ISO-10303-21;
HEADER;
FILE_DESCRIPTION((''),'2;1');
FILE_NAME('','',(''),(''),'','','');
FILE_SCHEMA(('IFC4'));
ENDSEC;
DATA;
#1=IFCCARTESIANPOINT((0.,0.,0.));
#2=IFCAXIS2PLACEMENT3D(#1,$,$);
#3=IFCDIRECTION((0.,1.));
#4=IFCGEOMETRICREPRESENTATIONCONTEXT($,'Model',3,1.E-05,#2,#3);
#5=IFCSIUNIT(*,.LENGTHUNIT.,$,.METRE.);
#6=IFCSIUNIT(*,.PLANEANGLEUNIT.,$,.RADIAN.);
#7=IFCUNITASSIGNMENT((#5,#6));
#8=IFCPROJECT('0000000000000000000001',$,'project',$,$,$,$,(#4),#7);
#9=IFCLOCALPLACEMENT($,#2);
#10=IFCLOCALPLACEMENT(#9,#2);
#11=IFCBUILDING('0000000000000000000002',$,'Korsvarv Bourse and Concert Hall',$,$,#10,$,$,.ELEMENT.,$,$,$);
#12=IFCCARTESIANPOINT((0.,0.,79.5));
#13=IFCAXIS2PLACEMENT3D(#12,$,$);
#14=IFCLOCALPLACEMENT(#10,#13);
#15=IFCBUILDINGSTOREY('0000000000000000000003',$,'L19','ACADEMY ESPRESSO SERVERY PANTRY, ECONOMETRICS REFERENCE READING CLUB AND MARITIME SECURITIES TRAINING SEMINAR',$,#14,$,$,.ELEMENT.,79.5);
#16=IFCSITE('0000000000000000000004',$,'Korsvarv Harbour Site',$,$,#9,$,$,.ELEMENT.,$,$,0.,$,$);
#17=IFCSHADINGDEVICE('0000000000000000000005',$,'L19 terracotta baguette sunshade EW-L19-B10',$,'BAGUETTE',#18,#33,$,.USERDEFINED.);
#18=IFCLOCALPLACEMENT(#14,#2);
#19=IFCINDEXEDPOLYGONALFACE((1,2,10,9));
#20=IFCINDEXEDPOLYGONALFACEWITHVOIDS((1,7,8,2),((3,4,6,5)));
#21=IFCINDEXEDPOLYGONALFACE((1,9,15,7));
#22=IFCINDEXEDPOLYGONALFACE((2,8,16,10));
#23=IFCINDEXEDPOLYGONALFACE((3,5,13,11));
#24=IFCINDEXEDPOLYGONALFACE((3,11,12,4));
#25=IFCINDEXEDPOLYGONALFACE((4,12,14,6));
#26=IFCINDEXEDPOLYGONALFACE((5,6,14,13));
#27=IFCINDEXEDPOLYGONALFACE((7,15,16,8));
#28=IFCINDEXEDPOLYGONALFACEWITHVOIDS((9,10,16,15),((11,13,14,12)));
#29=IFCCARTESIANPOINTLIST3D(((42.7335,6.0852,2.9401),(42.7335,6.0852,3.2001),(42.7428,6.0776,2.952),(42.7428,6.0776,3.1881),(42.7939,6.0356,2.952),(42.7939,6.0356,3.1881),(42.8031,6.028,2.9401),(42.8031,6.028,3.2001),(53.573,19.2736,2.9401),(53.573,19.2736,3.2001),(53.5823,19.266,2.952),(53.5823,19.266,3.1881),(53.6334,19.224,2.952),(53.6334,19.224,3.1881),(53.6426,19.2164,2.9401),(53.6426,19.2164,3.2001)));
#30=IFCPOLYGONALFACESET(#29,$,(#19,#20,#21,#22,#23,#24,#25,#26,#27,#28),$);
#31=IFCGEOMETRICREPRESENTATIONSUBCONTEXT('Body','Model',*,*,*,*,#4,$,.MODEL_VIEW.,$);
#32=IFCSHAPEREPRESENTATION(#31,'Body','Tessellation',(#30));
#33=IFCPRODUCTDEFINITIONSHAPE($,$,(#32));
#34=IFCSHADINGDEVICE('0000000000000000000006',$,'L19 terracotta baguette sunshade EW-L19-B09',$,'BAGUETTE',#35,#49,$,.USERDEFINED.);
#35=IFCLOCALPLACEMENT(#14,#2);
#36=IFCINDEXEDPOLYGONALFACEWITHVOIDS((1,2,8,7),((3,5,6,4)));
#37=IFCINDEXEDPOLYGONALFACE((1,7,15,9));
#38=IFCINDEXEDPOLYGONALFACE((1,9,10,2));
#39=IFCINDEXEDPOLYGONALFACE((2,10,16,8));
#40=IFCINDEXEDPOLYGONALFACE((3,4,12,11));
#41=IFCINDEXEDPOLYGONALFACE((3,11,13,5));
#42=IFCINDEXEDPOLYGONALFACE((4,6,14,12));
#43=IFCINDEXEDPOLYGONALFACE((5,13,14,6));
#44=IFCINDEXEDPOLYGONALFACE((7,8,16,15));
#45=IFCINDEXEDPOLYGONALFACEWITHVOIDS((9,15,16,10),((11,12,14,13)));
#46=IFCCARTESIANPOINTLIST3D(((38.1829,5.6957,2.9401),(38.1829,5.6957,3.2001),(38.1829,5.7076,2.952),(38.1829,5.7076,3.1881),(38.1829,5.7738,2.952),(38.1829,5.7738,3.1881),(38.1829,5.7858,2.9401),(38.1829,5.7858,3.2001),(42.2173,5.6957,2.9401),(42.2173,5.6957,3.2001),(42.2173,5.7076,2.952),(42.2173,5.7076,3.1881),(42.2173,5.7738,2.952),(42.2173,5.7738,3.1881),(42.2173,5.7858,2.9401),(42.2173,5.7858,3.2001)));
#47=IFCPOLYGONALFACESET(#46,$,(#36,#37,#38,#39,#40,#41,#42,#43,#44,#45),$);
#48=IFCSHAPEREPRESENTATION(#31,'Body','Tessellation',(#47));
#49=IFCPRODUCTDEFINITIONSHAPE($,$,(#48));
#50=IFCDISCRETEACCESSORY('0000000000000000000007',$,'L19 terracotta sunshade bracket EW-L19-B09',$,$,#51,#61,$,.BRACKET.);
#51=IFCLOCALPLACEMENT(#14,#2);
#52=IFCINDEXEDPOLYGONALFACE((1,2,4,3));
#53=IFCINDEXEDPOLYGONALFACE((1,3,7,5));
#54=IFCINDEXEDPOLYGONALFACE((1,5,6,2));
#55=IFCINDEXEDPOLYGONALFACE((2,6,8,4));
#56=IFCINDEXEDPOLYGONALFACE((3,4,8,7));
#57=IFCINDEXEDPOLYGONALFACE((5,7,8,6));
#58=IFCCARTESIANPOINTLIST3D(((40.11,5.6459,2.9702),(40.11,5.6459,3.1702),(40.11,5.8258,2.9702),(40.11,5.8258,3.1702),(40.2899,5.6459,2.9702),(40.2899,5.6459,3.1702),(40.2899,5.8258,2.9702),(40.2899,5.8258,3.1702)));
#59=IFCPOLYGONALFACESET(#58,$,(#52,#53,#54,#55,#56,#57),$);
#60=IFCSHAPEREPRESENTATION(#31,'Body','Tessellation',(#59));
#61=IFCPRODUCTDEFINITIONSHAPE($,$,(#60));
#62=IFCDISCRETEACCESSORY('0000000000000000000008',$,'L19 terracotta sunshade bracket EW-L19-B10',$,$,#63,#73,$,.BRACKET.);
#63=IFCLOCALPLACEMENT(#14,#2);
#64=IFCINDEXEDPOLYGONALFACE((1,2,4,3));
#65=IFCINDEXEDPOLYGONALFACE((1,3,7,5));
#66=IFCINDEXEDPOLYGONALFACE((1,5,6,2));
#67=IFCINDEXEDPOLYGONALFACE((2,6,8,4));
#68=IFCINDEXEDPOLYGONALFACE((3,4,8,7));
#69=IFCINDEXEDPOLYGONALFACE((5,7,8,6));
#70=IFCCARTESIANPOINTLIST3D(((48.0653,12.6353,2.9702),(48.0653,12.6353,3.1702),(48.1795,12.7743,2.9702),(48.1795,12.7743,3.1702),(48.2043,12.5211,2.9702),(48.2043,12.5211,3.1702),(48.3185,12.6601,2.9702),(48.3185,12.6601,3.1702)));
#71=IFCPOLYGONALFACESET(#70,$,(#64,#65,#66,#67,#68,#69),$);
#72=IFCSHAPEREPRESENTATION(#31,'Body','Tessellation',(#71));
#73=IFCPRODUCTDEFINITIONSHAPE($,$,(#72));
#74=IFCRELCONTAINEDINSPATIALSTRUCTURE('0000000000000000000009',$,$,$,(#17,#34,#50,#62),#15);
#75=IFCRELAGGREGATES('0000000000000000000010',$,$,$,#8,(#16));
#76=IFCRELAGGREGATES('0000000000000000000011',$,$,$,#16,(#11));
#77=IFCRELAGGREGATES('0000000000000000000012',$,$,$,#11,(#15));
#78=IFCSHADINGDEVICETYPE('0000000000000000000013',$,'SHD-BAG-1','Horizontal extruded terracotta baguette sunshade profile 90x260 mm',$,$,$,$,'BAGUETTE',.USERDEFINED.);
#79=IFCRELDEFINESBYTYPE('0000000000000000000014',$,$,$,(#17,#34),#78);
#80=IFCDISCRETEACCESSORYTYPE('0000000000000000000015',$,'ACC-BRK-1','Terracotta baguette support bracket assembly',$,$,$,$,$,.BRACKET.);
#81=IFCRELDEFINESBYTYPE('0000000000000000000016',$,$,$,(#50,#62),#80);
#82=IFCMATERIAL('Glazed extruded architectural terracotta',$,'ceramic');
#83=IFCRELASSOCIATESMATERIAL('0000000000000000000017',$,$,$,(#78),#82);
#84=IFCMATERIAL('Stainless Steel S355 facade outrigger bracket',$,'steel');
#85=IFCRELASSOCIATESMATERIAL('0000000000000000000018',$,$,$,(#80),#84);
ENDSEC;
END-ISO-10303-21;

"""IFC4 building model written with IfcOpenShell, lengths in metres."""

from ifc_helpers import new_model, si_unit, direction, frame, origin, origin_2d, place, context, subcontext, project, spatial, rectangle, hollow_rectangle, extrude, source, transform, mapped, material, material_profile, profile_set, type_object, element, save


model = new_model("IFC4")

# Units and contexts
model_context = context("Model", 3, precision=1e-05, world=origin(), true_north=direction((0.0, 1.0)))
body_context = subcontext(model_context, "Body", "Model", "MODEL_VIEW")
ifc_project = project(units=[si_unit("LENGTHUNIT", "METRE"), si_unit("PLANEANGLEUNIT", "RADIAN")], contexts=[model_context])

# Site, building, storey
site_placement = place(None, origin())
site = spatial("IfcSite", under=ifc_project, at=site_placement, Name="Korsvarv Harbour Site", CompositionType="ELEMENT", RefElevation=0.0)
building_placement = place(site_placement, origin())
building = spatial("IfcBuilding", under=site, at=building_placement, Name="Korsvarv Bourse and Concert Hall", CompositionType="ELEMENT")
storey_placement = place(building_placement, frame((0.0, 0.0, 79.5)))
storey = spatial("IfcBuildingStorey", under=building, at=storey_placement, Name="L19", Description="ACADEMY ESPRESSO SERVERY PANTRY, ECONOMETRICS REFERENCE READING CLUB AND MARITIME SECURITIES TRAINING SEMINAR", CompositionType="ELEMENT", Elevation=79.5)

# Shading devices
ifc_material_1 = material(Name="Glazed extruded architectural terracotta", Category="ceramic")
ifc_material_profile_1 = material_profile(ifc_material_1, hollow_rectangle(XDim=0.0901, YDim=0.26, WallThickness=0.012, at=origin_2d()), Name="TC-BAG 90x260")
ifc_profile_set_1 = profile_set([ifc_material_profile_1], Name="Glazed extruded architectural terracotta")
shading_device_type = type_object("IfcShadingDeviceType", Name="SHD-BAG-1", Description="Horizontal extruded terracotta baguette sunshade profile 90x260 mm", ElementType="BAGUETTE", PredefinedType="USERDEFINED", material=ifc_profile_set_1)
shared_shape_1 = source(origin(), body_context, "Body", "SweptSolid", [
    extrude(hollow_rectangle(XDim=0.0901, YDim=0.26, WallThickness=0.012, at=origin_2d()), origin(), (0.0, 0.0, 1.0), 17.0713),
])
shading_device_1_placement = place(storey_placement, frame((42.7683, 6.0566, 3.0701), z_axis=(0.634957, 0.772548, 0.0), x_axis=(-0.772548, 0.634957, 0.0)))
element("IfcShadingDevice", 1, at=shading_device_1_placement, inside=storey, type_object=shading_device_type, Name="L19 terracotta baguette sunshade EW-L19-B10", ObjectType="BAGUETTE", PredefinedType="USERDEFINED", context=body_context, shape_type="MappedRepresentation", body=[
    mapped(shared_shape_1, transform((0.0, 0.0, 0.0), scale=1.0)),
])
shared_shape_2 = source(origin(), body_context, "Body", "SweptSolid", [
    extrude(hollow_rectangle(XDim=0.0901, YDim=0.26, WallThickness=0.012, at=origin_2d()), origin(), (0.0, 0.0, 1.0), 4.0344),
])
shading_device_2_placement = place(storey_placement, frame((38.1829, 5.7407, 3.0701), z_axis=(1.0, 0.0, 0.0), x_axis=(0.0, 1.0, 0.0)))
element("IfcShadingDevice", 2, at=shading_device_2_placement, inside=storey, type_object=shading_device_type, Name="L19 terracotta baguette sunshade EW-L19-B09", ObjectType="BAGUETTE", PredefinedType="USERDEFINED", context=body_context, shape_type="MappedRepresentation", body=[
    mapped(shared_shape_2, transform((0.0, 0.0, 0.0), scale=1.0)),
])

# Discrete accessories
ifc_material_2 = material(Name="Stainless Steel S355 facade outrigger bracket", Category="steel")
discrete_accessory_type = type_object("IfcDiscreteAccessoryType", Name="ACC-BRK-1", Description="Terracotta baguette support bracket assembly", PredefinedType="BRACKET", material=ifc_material_2)
shared_shape_3 = source(origin(), body_context, "Body", "SweptSolid", [
    extrude(rectangle(XDim=0.1799, YDim=0.1799, at=origin_2d()), origin(), (0.0, 0.0, 1.0), 0.2),
])
for number, where, z_axis, x_axis, name in (
    (3, (40.2, 5.7358, 2.9702), (0.0, 0.0, 1.0), (1.0, 0.0, 0.0), "L19 terracotta sunshade bracket EW-L19-B09"),
    (4, (48.1919, 12.6477, 2.9702), (0.0, 0.0, 1.0), (0.635, 0.772512, 0.0), "L19 terracotta sunshade bracket EW-L19-B10"),
):
    element("IfcDiscreteAccessory", number, at=place(storey_placement, frame(where, z_axis=z_axis, x_axis=x_axis)), inside=storey, type_object=discrete_accessory_type, Name=name, PredefinedType="BRACKET", context=body_context, shape_type="MappedRepresentation", body=[
        mapped(shared_shape_3, transform((0.0, 0.0, 0.0), scale=1.0)),
    ])

save(model, "model.ifc")
